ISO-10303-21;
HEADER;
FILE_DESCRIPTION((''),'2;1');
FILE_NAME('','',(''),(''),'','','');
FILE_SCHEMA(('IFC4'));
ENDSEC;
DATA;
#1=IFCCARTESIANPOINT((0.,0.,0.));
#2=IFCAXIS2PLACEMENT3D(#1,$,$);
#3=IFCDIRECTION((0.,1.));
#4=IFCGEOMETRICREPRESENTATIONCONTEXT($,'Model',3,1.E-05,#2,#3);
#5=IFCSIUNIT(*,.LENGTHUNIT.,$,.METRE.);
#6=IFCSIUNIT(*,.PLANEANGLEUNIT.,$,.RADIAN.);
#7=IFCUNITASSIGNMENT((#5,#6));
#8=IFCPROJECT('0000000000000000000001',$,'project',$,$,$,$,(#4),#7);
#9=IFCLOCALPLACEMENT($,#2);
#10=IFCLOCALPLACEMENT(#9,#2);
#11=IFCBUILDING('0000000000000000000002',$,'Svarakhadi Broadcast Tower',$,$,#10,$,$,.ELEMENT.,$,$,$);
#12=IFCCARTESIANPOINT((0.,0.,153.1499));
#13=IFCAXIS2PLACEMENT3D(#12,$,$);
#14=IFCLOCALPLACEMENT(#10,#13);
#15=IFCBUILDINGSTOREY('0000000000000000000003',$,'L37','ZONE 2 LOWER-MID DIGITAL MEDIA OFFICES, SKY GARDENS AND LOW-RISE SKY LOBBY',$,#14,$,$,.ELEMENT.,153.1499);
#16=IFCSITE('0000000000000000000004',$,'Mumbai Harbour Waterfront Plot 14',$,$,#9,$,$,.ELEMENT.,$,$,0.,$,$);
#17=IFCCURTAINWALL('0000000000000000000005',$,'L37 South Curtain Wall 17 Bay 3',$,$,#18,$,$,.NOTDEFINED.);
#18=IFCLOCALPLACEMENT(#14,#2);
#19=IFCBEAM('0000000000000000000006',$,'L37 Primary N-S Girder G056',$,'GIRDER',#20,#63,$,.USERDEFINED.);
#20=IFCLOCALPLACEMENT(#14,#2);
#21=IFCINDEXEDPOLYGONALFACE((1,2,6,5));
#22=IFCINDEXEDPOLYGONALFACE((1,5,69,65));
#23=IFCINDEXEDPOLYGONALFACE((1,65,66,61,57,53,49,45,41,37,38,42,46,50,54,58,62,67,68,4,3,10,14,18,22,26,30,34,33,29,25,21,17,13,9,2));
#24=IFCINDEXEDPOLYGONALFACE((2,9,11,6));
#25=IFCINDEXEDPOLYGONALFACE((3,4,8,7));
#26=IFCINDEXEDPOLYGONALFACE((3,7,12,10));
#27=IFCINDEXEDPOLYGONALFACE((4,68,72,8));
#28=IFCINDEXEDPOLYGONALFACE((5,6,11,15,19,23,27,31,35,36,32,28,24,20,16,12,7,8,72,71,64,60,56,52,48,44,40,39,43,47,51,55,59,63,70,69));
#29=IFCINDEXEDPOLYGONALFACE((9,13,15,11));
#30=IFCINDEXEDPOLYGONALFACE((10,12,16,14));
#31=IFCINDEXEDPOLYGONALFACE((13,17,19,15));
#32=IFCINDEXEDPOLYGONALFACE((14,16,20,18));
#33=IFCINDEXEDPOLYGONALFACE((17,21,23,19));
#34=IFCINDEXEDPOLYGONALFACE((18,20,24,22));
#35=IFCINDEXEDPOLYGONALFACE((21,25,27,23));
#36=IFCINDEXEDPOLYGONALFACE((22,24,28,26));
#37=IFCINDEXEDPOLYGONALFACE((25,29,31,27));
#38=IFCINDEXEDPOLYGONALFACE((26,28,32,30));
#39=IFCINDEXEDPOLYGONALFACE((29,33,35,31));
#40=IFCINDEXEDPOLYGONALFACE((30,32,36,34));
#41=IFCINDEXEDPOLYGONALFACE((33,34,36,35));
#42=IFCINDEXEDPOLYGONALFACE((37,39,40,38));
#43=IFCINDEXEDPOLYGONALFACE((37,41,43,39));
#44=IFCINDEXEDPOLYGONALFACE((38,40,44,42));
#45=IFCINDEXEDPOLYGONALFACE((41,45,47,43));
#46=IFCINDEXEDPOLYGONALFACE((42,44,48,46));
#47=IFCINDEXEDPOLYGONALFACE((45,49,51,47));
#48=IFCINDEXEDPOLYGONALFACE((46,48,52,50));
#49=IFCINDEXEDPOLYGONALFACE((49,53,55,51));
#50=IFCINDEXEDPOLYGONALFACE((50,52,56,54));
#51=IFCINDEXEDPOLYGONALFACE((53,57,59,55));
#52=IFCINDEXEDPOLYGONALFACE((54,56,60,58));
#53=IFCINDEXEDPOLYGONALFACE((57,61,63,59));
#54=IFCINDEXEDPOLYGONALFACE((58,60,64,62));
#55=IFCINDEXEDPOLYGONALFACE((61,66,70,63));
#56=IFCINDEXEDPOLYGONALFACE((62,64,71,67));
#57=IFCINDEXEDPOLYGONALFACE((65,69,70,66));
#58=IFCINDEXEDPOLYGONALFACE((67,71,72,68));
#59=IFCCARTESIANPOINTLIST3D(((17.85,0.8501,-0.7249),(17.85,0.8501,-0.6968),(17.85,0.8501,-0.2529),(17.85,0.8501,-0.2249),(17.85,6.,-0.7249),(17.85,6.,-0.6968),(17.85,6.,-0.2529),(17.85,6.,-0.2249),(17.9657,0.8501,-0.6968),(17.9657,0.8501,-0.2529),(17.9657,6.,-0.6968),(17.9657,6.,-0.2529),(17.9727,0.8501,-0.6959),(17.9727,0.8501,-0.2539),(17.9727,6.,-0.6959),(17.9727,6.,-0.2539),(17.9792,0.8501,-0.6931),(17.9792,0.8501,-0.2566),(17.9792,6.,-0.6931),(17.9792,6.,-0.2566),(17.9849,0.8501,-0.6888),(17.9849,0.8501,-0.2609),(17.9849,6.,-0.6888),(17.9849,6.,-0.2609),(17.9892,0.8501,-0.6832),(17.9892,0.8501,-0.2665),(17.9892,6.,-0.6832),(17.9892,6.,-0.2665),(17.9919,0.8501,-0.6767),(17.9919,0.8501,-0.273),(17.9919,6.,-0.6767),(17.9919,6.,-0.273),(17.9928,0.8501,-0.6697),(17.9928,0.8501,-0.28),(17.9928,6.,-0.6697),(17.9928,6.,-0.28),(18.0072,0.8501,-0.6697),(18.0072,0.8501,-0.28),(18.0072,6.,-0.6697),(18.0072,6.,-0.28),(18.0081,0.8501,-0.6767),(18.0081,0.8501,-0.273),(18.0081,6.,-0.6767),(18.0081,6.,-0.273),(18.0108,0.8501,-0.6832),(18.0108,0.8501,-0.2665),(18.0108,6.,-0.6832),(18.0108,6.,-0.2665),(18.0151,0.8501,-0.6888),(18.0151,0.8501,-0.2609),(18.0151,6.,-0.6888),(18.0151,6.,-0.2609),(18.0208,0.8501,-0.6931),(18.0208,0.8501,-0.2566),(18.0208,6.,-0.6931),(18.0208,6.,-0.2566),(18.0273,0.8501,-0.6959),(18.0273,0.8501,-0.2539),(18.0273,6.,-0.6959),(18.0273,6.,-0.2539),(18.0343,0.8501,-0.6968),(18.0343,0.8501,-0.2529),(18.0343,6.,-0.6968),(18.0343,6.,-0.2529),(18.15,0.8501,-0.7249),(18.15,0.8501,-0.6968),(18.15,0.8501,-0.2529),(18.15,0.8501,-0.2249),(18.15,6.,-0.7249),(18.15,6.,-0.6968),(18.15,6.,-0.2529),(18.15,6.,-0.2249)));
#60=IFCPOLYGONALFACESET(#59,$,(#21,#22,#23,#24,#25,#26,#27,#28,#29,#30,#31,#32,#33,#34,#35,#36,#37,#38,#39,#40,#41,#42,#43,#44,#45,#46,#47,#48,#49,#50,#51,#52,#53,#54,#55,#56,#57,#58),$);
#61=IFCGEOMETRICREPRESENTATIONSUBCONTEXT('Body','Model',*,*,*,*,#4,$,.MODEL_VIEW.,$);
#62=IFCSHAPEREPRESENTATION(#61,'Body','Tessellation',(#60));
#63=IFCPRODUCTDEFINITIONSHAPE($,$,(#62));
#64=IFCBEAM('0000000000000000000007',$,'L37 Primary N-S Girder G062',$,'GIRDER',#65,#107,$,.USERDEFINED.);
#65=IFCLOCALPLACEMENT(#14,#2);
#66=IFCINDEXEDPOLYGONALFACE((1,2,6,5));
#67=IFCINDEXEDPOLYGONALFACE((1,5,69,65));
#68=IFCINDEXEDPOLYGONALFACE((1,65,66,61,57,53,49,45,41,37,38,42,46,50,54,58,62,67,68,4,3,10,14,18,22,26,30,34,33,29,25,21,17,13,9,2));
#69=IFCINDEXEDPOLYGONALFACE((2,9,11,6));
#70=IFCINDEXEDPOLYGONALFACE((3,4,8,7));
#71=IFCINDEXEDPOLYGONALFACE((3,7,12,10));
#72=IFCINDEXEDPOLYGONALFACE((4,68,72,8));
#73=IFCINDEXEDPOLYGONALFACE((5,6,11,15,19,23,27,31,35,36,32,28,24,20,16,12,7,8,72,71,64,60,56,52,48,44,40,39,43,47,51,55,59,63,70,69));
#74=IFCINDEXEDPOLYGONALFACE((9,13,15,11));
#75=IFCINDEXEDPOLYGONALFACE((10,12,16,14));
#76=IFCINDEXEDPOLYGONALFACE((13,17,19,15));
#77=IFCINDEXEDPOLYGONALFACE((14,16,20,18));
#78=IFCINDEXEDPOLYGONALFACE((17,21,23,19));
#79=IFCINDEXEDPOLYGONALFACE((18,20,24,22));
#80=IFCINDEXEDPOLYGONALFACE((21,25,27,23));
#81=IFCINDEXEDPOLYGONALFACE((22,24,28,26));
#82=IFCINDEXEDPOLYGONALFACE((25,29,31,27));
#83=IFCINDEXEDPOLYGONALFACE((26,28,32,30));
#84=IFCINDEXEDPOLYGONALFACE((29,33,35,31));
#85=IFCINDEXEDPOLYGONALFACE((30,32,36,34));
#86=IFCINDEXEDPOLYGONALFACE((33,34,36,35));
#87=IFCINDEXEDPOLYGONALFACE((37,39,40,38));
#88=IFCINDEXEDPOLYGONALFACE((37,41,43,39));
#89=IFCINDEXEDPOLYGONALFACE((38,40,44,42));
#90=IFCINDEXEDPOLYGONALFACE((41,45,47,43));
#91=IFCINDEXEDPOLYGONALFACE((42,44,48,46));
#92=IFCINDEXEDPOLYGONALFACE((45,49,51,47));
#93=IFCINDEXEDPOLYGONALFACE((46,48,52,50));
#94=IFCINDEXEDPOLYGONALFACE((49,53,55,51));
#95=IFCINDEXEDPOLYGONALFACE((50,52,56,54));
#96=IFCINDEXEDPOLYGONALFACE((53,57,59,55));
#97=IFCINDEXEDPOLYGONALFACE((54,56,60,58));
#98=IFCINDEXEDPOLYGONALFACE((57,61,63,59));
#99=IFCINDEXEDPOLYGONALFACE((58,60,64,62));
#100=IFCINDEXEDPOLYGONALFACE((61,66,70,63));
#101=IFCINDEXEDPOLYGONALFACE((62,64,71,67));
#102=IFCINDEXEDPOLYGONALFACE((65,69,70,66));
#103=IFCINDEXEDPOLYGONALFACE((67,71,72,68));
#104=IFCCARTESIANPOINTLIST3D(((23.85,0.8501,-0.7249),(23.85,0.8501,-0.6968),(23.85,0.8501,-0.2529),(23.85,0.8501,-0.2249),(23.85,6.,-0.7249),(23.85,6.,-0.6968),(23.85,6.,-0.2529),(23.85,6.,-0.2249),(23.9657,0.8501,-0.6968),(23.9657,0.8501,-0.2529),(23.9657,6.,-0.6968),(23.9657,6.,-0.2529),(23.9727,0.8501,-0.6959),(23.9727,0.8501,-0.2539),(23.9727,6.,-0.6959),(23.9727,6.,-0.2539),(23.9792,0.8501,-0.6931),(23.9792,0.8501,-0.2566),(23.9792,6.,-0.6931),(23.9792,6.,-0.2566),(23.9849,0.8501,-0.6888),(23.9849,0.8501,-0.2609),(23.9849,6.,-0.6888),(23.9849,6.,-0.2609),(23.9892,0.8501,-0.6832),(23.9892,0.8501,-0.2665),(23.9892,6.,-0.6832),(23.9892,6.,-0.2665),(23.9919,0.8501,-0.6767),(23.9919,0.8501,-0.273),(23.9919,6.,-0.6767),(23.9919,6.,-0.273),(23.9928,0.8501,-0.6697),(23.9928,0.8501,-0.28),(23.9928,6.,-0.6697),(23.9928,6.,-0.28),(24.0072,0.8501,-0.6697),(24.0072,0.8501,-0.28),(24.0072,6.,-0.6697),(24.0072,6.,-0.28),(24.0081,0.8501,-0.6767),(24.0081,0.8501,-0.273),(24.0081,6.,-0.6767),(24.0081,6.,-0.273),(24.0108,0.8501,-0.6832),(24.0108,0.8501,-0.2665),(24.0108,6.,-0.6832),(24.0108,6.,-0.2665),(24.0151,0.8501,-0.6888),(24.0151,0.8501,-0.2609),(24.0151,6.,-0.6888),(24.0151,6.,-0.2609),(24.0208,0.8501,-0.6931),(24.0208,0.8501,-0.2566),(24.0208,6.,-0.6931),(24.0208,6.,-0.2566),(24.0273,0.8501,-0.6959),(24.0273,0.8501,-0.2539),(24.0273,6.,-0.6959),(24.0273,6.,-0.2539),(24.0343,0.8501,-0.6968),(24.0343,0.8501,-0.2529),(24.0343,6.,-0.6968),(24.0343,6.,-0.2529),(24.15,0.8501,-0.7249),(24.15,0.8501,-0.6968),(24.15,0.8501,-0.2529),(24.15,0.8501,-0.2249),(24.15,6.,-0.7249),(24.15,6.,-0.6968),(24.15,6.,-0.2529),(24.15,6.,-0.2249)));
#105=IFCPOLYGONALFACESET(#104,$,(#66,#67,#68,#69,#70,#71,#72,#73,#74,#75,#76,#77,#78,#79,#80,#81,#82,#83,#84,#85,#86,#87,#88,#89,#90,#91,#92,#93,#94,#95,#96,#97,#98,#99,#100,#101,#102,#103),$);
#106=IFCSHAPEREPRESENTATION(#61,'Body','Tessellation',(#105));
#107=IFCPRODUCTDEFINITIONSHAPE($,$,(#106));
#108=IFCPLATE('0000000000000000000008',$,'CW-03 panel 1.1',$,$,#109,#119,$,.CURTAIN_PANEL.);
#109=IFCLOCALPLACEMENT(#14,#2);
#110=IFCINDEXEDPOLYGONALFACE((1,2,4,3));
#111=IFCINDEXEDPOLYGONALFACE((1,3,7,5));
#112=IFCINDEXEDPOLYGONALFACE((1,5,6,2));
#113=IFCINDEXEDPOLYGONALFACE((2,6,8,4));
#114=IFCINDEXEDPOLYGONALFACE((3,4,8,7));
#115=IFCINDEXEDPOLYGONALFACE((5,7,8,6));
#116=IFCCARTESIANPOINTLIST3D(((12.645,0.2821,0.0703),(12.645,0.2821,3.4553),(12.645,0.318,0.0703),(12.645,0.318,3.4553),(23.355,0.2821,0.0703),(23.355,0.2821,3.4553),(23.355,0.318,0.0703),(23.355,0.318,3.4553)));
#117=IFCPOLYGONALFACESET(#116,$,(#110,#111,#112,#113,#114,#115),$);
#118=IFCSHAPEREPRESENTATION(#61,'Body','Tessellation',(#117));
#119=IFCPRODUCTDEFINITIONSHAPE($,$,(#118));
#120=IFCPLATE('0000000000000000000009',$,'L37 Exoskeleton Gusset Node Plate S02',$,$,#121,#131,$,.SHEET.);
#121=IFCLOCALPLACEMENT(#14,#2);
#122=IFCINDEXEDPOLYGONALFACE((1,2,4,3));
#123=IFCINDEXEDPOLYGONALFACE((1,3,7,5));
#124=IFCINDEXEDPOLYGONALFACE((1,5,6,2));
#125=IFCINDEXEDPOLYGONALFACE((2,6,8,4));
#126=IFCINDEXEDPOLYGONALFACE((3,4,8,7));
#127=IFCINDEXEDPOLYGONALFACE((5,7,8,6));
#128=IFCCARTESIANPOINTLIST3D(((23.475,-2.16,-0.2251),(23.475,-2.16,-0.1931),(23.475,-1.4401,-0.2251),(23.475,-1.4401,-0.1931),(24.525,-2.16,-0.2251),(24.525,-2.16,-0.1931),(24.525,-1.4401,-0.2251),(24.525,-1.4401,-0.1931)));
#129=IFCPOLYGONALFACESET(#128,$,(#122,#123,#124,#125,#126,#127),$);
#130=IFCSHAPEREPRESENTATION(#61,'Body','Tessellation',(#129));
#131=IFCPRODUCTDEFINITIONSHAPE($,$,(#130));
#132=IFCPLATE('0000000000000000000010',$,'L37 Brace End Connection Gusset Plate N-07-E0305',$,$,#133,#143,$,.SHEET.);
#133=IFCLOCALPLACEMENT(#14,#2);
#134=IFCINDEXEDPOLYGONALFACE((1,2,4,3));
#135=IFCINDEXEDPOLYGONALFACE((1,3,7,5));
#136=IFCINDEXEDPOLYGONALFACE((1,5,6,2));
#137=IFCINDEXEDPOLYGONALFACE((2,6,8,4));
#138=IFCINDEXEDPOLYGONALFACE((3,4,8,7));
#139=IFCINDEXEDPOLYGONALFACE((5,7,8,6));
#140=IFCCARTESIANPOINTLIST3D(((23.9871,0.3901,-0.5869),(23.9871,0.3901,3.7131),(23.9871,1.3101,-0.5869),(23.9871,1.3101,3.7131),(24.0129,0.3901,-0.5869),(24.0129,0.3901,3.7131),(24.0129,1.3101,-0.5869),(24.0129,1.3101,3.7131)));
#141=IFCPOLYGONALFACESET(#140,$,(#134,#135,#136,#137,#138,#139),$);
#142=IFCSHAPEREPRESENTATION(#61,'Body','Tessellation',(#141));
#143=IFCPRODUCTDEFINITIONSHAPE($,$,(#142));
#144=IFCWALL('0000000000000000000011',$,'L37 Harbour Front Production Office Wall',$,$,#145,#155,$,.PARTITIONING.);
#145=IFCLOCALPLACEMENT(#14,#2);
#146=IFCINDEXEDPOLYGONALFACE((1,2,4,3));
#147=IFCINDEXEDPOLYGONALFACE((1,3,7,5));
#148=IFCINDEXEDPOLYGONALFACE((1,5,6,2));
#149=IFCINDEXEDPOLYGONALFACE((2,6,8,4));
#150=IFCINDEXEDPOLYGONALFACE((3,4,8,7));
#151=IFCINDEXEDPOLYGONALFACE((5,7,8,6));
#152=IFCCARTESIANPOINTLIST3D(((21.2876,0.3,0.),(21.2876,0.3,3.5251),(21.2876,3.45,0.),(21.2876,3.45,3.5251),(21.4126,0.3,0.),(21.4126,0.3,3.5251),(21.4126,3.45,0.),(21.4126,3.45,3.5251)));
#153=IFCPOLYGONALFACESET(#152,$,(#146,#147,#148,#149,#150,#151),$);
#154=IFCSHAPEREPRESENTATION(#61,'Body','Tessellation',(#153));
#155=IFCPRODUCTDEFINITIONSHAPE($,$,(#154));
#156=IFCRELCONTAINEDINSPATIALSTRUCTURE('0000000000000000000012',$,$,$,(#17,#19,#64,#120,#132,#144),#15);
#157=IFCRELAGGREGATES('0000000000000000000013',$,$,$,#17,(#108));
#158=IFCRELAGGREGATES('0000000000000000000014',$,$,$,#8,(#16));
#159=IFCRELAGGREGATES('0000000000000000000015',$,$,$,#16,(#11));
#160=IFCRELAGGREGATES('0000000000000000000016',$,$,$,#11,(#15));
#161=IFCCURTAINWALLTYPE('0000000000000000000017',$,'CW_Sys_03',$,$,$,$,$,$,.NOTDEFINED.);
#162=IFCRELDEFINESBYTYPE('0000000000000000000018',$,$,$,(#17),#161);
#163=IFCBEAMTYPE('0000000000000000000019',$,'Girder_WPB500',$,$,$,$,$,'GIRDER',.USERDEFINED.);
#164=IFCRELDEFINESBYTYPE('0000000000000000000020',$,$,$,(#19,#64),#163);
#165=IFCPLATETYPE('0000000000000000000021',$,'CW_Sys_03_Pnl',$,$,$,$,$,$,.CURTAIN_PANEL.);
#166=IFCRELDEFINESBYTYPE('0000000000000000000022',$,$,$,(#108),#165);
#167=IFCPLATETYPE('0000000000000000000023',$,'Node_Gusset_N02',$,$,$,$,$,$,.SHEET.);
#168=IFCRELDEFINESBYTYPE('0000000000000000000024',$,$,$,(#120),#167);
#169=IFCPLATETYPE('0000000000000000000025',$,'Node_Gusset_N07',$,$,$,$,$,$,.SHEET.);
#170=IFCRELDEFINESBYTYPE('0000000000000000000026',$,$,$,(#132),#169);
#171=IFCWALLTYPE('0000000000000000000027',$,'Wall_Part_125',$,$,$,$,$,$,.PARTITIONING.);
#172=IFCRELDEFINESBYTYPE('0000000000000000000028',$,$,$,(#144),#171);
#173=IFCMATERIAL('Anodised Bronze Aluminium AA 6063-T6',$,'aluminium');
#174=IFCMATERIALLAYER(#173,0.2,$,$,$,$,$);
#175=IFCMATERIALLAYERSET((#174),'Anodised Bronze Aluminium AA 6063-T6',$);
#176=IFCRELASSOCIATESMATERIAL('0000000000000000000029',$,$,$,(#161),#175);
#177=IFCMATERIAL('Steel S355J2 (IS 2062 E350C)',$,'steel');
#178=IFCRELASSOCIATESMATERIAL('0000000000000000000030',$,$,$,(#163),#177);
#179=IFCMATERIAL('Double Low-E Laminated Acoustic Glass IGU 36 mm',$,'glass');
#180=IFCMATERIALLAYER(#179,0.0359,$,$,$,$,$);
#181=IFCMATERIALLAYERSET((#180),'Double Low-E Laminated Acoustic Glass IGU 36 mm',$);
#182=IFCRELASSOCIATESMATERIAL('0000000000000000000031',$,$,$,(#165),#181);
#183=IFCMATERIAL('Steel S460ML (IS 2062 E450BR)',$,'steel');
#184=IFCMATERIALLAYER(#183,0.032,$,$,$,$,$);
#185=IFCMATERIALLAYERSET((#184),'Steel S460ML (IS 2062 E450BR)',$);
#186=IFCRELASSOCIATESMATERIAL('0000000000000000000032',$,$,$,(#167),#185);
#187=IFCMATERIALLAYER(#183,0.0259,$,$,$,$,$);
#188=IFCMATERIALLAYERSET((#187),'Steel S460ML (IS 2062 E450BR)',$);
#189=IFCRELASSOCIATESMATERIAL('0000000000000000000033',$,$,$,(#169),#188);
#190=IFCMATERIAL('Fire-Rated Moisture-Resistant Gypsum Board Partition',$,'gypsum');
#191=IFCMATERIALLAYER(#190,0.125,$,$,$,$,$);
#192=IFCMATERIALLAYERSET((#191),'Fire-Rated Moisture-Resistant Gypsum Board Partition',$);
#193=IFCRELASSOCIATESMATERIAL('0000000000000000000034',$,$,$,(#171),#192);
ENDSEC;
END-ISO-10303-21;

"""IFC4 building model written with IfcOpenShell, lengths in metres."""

from ifc_helpers import new_model, si_unit, direction, frame, frame_2d, origin, origin_2d, place, context, subcontext, project, spatial, rectangle, i_section, extrude, material, layer, layer_set, material_profile, profile_set, type_object, element, aggregate, save


model = new_model("IFC4")

# Units and contexts
model_context = context("Model", 3, precision=1e-05, world=origin(), true_north=direction((0.0, 1.0)))
body_context = subcontext(model_context, "Body", "Model", "MODEL_VIEW")
ifc_project = project(units=[si_unit("LENGTHUNIT", "METRE"), si_unit("PLANEANGLEUNIT", "RADIAN")], contexts=[model_context])

# Site, building, storey
site_placement = place(None, origin())
site = spatial("IfcSite", under=ifc_project, at=site_placement, Name="Mumbai Harbour Waterfront Plot 14", CompositionType="ELEMENT", RefElevation=0.0)
building_placement = place(site_placement, origin())
building = spatial("IfcBuilding", under=site, at=building_placement, Name="Svarakhadi Broadcast Tower", CompositionType="ELEMENT")
storey_placement = place(building_placement, frame((0.0, 0.0, 153.1499)))
storey = spatial("IfcBuildingStorey", under=building, at=storey_placement, Name="L37", Description="ZONE 2 LOWER-MID DIGITAL MEDIA OFFICES, SKY GARDENS AND LOW-RISE SKY LOBBY", CompositionType="ELEMENT", Elevation=153.1499)

# Curtain wall
ifc_material_1 = material(Name="Anodised Bronze Aluminium AA 6063-T6", Category="aluminium")
ifc_layer_1 = layer(ifc_material_1, 0.2)
ifc_layer_set_1 = layer_set([ifc_layer_1], Name="Anodised Bronze Aluminium AA 6063-T6")
curtain_wall_type = type_object("IfcCurtainWallType", Name="CW_Sys_03", PredefinedType="NOTDEFINED", material=ifc_layer_set_1)
curtain_wall_placement = place(storey_placement, origin())
curtain_wall = element("IfcCurtainWall", 1, at=curtain_wall_placement, inside=storey, type_object=curtain_wall_type, Name="L37 South Curtain Wall 17 Bay 3", PredefinedType="NOTDEFINED")

# Shared definitions
ifc_material_2 = material(Name="Steel S460ML (IS 2062 E450BR)", Category="steel")

# Beams
ifc_material_3 = material(Name="Steel S355J2 (IS 2062 E350C)", Category="steel")
ifc_material_profile_1 = material_profile(ifc_material_3, i_section(OverallWidth=0.3, OverallDepth=0.5, WebThickness=0.0144, FlangeThickness=0.0281, FilletRadius=0.0271, at=origin_2d()), Name="WPB 500x300x187")
ifc_profile_set_1 = profile_set([ifc_material_profile_1], Name="Steel S355J2 (IS 2062 E350C)")
beam_type = type_object("IfcBeamType", Name="Girder_WPB500", ElementType="GIRDER", PredefinedType="USERDEFINED", material=ifc_profile_set_1)
for number, where, z_axis, x_axis, name in (
    (2, (18.0, 0.8501, -0.4749), (0.0, 1.0, 0.0), (-1.0, 0.0, 0.0), "L37 Primary N-S Girder G056"),
    (3, (24.0, 0.8501, -0.4749), (0.0, 1.0, 0.0), (-1.0, 0.0, 0.0), "L37 Primary N-S Girder G062"),
):
    element("IfcBeam", number, at=place(storey_placement, frame(where, z_axis=z_axis, x_axis=x_axis)), inside=storey, type_object=beam_type, Name=name, ObjectType="GIRDER", PredefinedType="USERDEFINED", context=body_context, shape_type="SweptSolid", body=[
        extrude(i_section(OverallWidth=0.3, OverallDepth=0.5, WebThickness=0.0144, FlangeThickness=0.0281, FilletRadius=0.0271, at=origin_2d()), origin(), (0.0, 0.0, 1.0), 5.1499),
    ])

# Plate
ifc_material_4 = material(Name="Double Low-E Laminated Acoustic Glass IGU 36 mm", Category="glass")
ifc_layer_2 = layer(ifc_material_4, 0.0359)
ifc_layer_set_2 = layer_set([ifc_layer_2], Name="Double Low-E Laminated Acoustic Glass IGU 36 mm")
plate_type_1 = type_object("IfcPlateType", Name="CW_Sys_03_Pnl", PredefinedType="CURTAIN_PANEL", material=ifc_layer_set_2)
plate_1_placement = place(storey_placement, frame((18.0, 0.3, 0.0703), z_axis=(0.0, 0.0, 1.0), x_axis=(-1.0, 0.0, 0.0)))
plate_1 = element("IfcPlate", 4, at=plate_1_placement, type_object=plate_type_1, Name="CW-03 panel 1.1", PredefinedType="CURTAIN_PANEL", context=body_context, shape_type="SweptSolid", body=[
    extrude(rectangle(XDim=10.71, YDim=0.0359, at=origin_2d()), origin(), (0.0, 0.0, 1.0), 3.385),
])
aggregate(curtain_wall, [plate_1])

# Plates
ifc_layer_3 = layer(ifc_material_2, 0.032)
ifc_layer_set_3 = layer_set([ifc_layer_3], Name="Steel S460ML (IS 2062 E450BR)")
plate_type_2 = type_object("IfcPlateType", Name="Node_Gusset_N02", PredefinedType="SHEET", material=ifc_layer_set_3)
plate_2_placement = place(storey_placement, frame((24.0, -1.8, -0.2251), z_axis=(0.0, 0.0, 1.0), x_axis=(1.0, 0.0, 0.0)))
element("IfcPlate", 5, at=plate_2_placement, inside=storey, type_object=plate_type_2, Name="L37 Exoskeleton Gusset Node Plate S02", PredefinedType="SHEET", context=body_context, shape_type="SweptSolid", body=[
    extrude(rectangle(XDim=1.05, YDim=0.72, at=origin_2d()), origin(), (0.0, 0.0, 1.0), 0.032),
])
ifc_layer_4 = layer(ifc_material_2, 0.0259)
ifc_layer_set_4 = layer_set([ifc_layer_4], Name="Steel S460ML (IS 2062 E450BR)")
plate_type_3 = type_object("IfcPlateType", Name="Node_Gusset_N07", PredefinedType="SHEET", material=ifc_layer_set_4)
plate_3_placement = place(storey_placement, frame((24.0, 0.8501, -0.5869), z_axis=(0.0, 0.0, 1.0), x_axis=(0.0, 1.0, 0.0)))
element("IfcPlate", 6, at=plate_3_placement, inside=storey, type_object=plate_type_3, Name="L37 Brace End Connection Gusset Plate N-07-E0305", PredefinedType="SHEET", context=body_context, shape_type="SweptSolid", body=[
    extrude(rectangle(XDim=0.9199, YDim=0.0259, at=origin_2d()), origin(), (0.0, 0.0, 1.0), 4.3),
])

# Wall
ifc_material_5 = material(Name="Fire-Rated Moisture-Resistant Gypsum Board Partition", Category="gypsum")
ifc_layer_5 = layer(ifc_material_5, 0.125)
ifc_layer_set_5 = layer_set([ifc_layer_5], Name="Fire-Rated Moisture-Resistant Gypsum Board Partition")
wall_type = type_object("IfcWallType", Name="Wall_Part_125", PredefinedType="PARTITIONING", material=ifc_layer_set_5)
wall_placement = place(storey_placement, frame((21.3501, 0.3, 0.0), z_axis=(0.0, 0.0, 1.0), x_axis=(0.0, 1.0, 0.0)))
element("IfcWall", 7, at=wall_placement, inside=storey, type_object=wall_type, Name="L37 Harbour Front Production Office Wall", PredefinedType="PARTITIONING", context=body_context, shape_type="SweptSolid", body=[
    extrude(rectangle(XDim=3.1499, YDim=0.125, at=frame_2d((1.575, 0.0))), origin(), (0.0, 0.0, 1.0), 3.5251),
])

save(model, "model.ifc")
